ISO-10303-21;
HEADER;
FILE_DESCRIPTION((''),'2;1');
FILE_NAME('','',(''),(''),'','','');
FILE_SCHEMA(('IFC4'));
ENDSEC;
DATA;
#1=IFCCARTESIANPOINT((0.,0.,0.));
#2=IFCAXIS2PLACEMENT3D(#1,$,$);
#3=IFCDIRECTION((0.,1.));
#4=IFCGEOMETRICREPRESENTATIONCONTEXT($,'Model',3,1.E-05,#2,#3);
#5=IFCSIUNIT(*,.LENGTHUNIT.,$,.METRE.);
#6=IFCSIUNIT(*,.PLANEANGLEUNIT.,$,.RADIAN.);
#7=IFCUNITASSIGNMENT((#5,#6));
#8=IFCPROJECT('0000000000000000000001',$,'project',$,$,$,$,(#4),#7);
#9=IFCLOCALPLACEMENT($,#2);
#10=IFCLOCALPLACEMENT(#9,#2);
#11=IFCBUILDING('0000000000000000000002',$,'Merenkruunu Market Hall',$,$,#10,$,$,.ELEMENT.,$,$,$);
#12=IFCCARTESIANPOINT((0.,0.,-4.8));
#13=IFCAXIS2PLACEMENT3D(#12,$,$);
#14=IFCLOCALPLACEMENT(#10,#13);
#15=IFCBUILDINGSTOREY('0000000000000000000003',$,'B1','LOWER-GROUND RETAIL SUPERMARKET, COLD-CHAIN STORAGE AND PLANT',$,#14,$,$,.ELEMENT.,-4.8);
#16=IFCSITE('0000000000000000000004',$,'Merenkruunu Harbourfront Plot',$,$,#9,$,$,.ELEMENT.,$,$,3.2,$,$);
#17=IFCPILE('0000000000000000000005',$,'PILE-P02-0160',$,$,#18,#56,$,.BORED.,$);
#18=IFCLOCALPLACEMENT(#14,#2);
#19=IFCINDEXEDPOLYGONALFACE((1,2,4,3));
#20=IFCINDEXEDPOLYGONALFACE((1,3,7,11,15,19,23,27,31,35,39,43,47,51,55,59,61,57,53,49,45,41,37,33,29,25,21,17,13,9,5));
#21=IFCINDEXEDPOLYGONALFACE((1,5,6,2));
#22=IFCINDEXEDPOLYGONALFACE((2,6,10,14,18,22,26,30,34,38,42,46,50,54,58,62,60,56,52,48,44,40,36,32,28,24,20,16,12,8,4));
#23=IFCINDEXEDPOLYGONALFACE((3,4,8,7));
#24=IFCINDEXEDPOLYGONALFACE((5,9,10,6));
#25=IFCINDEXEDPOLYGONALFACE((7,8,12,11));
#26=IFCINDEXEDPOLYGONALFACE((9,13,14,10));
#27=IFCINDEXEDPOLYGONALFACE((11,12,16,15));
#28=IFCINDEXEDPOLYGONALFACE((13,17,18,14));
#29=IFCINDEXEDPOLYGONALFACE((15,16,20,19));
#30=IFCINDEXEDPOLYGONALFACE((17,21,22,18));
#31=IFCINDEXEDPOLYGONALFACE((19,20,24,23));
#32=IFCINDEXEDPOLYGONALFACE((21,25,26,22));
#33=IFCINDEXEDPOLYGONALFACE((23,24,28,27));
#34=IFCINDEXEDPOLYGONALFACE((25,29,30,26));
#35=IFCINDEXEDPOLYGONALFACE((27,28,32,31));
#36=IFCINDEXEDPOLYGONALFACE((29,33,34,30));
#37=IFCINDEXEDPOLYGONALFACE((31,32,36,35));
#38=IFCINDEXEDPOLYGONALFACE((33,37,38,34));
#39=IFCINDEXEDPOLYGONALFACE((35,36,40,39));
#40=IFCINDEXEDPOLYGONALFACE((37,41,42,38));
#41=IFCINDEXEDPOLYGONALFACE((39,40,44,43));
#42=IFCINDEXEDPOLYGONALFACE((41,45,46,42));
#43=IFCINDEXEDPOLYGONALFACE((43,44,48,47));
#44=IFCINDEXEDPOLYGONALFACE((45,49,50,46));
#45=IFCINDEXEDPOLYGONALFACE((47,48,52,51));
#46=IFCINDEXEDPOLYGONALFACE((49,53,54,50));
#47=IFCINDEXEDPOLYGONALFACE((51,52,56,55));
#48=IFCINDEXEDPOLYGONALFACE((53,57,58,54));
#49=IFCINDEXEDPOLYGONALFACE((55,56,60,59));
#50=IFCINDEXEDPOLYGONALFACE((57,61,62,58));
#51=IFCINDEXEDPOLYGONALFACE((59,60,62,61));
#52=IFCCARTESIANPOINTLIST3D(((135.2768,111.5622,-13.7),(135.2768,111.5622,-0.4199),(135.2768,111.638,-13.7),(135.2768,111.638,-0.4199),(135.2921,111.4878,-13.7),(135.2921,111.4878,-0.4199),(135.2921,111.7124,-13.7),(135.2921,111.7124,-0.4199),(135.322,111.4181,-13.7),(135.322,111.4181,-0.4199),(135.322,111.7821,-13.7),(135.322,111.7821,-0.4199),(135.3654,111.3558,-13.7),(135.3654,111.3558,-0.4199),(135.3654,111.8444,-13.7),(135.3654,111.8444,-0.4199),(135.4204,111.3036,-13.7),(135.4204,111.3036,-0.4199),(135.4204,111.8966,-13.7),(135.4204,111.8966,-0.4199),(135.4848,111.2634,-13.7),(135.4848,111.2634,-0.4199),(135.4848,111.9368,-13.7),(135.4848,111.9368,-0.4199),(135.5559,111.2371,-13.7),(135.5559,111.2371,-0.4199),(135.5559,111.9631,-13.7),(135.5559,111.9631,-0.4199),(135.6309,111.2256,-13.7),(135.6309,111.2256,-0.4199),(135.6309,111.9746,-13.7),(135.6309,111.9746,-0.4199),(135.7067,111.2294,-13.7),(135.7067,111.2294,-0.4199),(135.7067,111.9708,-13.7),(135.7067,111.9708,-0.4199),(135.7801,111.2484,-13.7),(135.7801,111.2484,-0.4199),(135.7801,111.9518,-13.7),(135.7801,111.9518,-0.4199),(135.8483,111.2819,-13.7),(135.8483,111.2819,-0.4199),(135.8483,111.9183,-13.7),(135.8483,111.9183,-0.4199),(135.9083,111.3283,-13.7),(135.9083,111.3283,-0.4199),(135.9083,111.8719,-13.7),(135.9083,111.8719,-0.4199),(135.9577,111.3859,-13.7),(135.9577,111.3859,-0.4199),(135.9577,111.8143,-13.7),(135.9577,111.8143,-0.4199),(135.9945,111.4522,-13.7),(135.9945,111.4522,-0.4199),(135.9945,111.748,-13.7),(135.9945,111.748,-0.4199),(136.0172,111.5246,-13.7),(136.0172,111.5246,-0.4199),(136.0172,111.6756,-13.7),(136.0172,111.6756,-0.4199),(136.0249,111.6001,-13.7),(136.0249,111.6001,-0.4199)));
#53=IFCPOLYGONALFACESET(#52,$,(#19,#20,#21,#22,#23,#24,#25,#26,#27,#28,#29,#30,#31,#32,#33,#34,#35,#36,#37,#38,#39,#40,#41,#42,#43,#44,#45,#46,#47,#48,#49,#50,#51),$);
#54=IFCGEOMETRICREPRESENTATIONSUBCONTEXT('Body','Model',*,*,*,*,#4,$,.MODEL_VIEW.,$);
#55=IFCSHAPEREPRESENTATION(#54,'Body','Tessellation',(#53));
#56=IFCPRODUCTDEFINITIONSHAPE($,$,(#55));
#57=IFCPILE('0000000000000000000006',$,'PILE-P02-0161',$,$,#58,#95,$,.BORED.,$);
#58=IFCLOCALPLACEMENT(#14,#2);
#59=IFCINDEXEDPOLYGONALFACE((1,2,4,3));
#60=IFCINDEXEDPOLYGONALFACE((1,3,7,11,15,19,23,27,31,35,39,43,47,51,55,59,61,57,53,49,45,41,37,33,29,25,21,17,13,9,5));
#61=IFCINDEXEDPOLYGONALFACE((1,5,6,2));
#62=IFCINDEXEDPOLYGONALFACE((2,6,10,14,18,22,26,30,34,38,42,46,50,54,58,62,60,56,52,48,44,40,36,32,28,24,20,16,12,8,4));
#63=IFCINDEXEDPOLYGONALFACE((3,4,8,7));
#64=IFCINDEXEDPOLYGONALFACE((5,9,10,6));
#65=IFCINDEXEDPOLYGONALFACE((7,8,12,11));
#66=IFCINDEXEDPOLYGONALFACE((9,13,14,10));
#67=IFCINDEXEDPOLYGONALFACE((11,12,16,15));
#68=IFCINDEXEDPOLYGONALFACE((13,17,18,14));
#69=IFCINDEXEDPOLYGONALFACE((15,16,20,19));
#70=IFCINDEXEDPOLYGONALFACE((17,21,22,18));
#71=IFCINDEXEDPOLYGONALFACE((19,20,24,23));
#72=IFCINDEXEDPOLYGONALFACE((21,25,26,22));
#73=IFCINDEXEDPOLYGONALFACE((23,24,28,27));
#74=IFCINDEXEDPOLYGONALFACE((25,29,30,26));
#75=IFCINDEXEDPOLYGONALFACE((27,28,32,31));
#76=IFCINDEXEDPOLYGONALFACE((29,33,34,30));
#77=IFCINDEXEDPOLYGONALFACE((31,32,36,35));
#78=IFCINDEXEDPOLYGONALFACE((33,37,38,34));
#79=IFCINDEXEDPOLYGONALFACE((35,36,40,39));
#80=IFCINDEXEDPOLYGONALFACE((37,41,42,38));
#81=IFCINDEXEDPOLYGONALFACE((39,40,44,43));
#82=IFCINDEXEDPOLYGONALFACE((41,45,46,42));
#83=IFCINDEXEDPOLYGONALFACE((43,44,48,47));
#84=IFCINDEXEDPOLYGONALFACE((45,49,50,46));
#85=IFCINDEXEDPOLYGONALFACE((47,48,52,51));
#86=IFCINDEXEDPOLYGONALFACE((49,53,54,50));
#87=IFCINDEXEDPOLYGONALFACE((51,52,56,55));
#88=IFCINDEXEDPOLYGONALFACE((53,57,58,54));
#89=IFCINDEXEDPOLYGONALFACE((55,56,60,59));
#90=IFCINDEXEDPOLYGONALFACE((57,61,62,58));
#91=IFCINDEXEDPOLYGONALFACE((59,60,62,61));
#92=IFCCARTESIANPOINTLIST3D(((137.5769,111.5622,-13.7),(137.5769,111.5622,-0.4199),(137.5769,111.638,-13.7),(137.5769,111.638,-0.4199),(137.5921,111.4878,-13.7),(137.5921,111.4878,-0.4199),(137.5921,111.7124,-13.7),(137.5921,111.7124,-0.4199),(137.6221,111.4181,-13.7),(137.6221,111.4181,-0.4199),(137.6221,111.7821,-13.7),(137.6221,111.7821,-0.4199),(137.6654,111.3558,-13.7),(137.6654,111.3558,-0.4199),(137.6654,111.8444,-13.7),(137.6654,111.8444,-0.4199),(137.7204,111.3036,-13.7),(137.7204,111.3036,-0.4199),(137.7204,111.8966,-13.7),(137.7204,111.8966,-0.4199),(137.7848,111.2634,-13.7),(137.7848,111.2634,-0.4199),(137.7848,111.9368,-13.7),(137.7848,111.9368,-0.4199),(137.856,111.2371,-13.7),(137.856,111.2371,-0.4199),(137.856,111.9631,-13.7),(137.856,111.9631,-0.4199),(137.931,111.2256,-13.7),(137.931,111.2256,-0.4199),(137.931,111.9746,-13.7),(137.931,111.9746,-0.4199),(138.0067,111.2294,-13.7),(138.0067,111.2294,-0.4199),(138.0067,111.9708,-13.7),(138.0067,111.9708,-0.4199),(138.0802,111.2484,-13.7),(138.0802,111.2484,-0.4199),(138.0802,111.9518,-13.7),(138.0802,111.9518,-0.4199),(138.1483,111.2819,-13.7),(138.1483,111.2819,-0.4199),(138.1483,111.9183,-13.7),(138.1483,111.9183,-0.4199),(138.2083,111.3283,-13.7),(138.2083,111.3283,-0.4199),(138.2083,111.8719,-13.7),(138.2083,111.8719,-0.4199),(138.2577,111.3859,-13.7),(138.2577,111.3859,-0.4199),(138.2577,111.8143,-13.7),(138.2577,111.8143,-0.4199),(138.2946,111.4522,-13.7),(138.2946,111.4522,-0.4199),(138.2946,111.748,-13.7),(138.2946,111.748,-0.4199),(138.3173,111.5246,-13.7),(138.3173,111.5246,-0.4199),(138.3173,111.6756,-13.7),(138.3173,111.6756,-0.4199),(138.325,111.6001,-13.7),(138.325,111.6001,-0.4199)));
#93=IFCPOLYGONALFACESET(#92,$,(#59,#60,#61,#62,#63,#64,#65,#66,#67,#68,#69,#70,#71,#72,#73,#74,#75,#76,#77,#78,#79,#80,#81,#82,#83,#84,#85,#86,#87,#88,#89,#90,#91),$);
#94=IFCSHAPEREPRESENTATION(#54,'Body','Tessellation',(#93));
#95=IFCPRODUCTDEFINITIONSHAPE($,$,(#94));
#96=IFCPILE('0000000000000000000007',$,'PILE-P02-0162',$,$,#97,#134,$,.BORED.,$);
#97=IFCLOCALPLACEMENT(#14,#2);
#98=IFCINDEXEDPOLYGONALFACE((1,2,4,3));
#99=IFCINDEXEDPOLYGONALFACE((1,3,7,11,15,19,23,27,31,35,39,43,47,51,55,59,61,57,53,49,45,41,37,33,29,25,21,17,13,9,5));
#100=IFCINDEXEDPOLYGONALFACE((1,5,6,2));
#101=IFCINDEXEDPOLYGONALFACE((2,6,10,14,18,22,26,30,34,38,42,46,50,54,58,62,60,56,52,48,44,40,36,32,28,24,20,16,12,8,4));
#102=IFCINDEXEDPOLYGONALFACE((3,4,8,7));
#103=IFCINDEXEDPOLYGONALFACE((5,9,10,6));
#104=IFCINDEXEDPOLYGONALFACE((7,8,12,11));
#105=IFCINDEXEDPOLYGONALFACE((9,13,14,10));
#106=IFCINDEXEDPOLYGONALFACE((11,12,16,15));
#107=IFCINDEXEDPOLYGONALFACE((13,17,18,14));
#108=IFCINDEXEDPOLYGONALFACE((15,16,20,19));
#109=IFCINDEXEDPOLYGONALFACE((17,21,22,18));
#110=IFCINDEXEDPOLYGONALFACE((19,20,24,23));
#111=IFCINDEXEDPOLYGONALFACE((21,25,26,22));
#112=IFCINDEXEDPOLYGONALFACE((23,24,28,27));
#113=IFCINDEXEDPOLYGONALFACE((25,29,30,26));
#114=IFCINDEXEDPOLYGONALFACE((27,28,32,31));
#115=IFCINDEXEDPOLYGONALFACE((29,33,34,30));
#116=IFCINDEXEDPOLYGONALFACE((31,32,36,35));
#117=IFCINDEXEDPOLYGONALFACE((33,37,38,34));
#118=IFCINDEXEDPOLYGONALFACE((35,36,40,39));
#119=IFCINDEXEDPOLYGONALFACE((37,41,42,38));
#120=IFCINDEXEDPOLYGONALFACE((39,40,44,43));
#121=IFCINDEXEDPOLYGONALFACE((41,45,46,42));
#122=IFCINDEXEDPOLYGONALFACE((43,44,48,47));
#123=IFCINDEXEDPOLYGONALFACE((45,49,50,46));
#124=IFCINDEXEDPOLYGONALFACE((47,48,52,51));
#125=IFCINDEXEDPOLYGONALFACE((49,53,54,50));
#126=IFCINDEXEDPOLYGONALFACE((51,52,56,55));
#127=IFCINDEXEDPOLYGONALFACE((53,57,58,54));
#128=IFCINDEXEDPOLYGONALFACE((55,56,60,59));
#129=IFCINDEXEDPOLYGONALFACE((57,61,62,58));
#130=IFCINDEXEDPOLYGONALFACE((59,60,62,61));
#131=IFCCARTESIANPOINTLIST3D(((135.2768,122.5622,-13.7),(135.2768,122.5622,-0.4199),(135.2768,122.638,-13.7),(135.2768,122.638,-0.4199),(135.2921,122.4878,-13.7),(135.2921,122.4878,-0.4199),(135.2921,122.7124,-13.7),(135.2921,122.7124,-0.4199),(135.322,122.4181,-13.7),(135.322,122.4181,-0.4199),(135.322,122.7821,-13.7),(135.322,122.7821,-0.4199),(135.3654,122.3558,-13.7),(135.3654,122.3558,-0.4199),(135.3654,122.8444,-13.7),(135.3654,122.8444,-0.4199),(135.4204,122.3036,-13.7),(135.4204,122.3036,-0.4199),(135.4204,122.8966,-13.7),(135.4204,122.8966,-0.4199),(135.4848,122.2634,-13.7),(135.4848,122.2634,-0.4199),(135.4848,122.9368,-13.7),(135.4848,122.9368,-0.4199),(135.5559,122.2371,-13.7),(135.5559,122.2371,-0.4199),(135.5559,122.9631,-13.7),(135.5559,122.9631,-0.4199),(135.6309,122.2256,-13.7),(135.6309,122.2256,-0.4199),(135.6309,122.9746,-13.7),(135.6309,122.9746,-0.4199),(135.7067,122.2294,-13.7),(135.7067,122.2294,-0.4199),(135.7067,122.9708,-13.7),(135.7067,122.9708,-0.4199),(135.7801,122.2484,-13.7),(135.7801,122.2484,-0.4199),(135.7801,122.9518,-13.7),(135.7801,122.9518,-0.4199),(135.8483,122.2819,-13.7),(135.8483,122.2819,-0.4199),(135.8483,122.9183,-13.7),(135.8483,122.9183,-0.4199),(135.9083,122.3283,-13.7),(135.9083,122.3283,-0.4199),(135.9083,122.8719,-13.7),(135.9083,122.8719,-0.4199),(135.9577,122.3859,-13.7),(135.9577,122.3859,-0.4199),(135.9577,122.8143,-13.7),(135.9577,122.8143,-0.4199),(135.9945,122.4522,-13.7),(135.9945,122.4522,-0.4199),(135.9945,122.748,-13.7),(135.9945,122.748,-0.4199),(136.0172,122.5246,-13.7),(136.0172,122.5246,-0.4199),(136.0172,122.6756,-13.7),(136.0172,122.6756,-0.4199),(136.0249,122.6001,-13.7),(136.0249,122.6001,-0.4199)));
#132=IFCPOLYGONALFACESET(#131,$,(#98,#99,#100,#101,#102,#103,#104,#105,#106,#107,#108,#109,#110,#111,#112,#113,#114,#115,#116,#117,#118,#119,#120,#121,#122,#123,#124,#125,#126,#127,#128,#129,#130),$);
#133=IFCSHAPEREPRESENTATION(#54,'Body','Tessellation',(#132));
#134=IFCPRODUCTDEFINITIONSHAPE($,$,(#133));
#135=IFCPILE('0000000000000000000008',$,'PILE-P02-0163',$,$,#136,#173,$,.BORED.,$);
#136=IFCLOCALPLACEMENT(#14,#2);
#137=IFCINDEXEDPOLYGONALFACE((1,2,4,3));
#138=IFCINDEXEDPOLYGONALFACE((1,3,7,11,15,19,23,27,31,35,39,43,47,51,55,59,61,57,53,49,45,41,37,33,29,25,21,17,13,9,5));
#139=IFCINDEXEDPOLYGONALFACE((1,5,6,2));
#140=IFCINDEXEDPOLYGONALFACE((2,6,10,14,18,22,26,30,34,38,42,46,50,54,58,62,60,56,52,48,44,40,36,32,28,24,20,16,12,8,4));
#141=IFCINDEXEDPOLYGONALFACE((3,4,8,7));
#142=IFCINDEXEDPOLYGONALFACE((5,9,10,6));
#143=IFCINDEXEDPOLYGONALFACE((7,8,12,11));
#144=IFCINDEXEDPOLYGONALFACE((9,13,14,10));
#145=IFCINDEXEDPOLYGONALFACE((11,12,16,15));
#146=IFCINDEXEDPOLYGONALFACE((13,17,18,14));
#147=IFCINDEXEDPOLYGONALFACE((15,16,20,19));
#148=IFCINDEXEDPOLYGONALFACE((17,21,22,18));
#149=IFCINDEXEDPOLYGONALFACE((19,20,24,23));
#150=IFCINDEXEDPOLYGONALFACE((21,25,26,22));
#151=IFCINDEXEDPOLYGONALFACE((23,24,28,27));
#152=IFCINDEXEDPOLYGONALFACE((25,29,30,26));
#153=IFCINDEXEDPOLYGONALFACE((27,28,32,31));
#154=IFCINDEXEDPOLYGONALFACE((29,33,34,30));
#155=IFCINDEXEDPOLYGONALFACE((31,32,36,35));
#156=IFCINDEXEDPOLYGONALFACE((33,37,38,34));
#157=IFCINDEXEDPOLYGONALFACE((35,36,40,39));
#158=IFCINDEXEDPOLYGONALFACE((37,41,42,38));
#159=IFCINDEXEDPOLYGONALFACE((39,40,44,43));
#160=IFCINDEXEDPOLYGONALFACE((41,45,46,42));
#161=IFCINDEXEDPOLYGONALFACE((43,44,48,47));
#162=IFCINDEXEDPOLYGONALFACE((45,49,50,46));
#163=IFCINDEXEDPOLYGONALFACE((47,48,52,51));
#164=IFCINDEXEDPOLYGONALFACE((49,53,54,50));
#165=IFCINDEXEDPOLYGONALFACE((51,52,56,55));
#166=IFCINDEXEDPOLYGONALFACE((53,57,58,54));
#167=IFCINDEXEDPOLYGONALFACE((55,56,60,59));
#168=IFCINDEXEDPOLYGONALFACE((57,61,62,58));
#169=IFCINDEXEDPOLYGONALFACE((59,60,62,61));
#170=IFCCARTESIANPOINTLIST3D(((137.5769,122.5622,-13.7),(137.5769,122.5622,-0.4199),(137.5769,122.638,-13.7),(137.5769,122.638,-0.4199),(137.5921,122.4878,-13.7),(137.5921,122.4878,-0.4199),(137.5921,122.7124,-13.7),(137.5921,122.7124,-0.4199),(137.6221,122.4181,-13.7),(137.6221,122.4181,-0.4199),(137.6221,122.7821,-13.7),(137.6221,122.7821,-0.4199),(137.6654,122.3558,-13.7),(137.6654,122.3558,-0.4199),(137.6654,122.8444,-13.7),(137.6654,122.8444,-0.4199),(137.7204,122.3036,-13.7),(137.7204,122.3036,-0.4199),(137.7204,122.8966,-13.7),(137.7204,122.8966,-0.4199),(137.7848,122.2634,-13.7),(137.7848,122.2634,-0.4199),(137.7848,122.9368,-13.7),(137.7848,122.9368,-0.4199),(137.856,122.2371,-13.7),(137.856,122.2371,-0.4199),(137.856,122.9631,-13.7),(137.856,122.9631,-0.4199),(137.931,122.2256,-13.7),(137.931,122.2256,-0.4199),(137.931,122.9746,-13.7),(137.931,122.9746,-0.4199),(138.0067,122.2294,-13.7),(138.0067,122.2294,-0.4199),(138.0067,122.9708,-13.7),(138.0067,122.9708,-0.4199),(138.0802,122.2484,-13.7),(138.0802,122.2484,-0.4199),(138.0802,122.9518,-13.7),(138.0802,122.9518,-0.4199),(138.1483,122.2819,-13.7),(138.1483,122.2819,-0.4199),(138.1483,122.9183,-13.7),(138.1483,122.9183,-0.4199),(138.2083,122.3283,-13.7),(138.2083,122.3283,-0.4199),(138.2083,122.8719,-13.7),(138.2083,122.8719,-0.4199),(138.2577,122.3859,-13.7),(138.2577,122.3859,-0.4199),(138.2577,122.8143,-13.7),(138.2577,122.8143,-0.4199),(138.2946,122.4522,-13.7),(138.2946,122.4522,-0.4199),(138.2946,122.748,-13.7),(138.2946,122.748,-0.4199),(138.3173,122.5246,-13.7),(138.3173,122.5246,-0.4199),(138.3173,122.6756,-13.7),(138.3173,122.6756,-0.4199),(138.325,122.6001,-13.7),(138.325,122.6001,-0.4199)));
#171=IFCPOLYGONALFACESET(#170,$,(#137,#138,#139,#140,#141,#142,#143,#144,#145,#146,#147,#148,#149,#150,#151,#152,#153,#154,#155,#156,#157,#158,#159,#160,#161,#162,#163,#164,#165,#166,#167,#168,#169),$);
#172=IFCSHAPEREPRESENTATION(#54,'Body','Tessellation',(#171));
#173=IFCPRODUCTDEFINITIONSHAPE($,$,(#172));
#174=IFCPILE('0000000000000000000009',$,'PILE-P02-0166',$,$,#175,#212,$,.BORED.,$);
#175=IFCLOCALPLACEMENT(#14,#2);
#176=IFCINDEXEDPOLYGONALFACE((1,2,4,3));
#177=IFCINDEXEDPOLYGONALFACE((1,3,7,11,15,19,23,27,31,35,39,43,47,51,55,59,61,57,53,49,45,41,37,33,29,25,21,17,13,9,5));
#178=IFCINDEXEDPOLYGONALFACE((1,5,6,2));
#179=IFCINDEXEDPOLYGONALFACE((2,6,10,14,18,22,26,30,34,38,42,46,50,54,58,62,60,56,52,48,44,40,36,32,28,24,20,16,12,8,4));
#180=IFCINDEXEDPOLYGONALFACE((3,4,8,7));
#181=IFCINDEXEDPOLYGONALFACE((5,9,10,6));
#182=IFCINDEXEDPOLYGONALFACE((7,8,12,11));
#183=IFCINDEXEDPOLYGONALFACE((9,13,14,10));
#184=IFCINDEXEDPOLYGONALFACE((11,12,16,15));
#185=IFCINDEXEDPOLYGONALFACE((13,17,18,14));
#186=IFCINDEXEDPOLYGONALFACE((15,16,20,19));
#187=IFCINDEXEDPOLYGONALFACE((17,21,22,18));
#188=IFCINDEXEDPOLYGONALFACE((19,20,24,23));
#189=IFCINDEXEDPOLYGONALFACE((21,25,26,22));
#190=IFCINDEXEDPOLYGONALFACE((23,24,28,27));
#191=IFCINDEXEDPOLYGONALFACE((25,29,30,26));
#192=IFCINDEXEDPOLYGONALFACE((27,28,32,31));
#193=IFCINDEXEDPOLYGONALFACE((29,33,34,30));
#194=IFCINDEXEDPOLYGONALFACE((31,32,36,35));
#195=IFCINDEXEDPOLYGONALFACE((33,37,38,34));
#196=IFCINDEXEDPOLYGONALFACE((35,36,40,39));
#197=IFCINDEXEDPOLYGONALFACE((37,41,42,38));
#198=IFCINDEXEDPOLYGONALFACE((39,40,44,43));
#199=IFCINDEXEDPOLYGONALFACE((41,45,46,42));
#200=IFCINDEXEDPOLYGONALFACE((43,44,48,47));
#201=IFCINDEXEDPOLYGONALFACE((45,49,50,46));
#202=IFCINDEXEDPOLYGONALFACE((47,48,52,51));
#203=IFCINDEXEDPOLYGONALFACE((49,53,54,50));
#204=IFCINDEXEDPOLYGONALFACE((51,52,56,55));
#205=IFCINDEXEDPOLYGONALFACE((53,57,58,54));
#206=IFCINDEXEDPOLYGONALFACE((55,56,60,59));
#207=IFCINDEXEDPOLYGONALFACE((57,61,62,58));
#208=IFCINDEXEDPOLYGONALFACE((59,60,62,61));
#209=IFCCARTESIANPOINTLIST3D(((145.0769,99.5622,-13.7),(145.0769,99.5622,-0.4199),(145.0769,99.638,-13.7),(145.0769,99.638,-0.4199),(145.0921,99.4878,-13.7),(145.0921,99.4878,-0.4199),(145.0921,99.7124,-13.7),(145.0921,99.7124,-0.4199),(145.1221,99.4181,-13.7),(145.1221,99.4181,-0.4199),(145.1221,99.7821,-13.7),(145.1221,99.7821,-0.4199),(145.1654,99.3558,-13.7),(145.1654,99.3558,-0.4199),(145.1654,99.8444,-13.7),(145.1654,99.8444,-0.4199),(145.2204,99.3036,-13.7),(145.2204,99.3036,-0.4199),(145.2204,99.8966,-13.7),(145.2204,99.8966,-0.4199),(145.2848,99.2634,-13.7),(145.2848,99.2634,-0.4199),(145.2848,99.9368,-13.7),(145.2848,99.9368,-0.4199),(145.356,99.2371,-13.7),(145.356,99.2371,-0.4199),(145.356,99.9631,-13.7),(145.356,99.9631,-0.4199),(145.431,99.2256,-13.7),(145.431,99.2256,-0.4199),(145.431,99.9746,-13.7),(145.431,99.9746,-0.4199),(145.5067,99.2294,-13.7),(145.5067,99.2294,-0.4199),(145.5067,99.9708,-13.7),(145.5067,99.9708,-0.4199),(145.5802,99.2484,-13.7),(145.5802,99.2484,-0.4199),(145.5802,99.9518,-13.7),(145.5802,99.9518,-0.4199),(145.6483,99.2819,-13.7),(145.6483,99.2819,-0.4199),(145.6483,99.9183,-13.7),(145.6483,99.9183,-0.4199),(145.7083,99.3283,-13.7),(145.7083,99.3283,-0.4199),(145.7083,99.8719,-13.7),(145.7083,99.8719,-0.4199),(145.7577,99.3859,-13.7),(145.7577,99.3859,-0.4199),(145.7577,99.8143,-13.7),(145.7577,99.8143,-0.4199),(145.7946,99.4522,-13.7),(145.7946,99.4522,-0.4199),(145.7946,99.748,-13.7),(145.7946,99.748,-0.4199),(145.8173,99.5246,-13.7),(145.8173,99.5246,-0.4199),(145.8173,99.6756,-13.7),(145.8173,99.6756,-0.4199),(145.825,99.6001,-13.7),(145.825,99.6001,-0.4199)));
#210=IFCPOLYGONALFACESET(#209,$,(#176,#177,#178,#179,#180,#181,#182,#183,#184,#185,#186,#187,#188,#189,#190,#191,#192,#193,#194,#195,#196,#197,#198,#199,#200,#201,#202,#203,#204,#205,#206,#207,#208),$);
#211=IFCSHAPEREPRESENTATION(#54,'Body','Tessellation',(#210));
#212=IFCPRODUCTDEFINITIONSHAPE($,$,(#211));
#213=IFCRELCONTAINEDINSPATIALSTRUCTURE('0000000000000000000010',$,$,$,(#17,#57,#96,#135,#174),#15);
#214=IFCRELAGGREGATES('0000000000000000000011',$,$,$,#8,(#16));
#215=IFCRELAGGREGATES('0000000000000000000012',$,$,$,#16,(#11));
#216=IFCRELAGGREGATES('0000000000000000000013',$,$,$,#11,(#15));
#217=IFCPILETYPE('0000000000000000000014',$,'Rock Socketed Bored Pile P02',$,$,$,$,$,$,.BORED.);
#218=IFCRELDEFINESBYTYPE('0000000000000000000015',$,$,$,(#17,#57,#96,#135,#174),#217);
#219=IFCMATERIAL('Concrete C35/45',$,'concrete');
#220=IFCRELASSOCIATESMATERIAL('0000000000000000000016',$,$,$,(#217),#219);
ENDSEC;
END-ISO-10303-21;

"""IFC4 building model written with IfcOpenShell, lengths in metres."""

from ifc_helpers import new_model, si_unit, direction, frame, origin, origin_2d, place, context, subcontext, project, spatial, circle, extrude, material, material_profile, profile_set, type_object, element, save


model = new_model("IFC4")

# Units and contexts
model_context = context("Model", 3, precision=1e-05, world=origin(), true_north=direction((0.0, 1.0)))
body_context = subcontext(model_context, "Body", "Model", "MODEL_VIEW")
ifc_project = project(units=[si_unit("LENGTHUNIT", "METRE"), si_unit("PLANEANGLEUNIT", "RADIAN")], contexts=[model_context])

# Site, building, storey
site_placement = place(None, origin())
site = spatial("IfcSite", under=ifc_project, at=site_placement, Name="Merenkruunu Harbourfront Plot", CompositionType="ELEMENT", RefElevation=3.2)
building_placement = place(site_placement, origin())
building = spatial("IfcBuilding", under=site, at=building_placement, Name="Merenkruunu Market Hall", CompositionType="ELEMENT")
storey_placement = place(building_placement, frame((0.0, 0.0, -4.8)))
storey = spatial("IfcBuildingStorey", under=building, at=storey_placement, Name="B1", Description="LOWER-GROUND RETAIL SUPERMARKET, COLD-CHAIN STORAGE AND PLANT", CompositionType="ELEMENT", Elevation=-4.8)

# Piles
ifc_material_1 = material(Name="Concrete C35/45", Category="concrete")
ifc_material_profile_1 = material_profile(ifc_material_1, circle(Radius=0.375, at=origin_2d()), Name="BORED PILE 750")
ifc_profile_set_1 = profile_set([ifc_material_profile_1], Name="Concrete C35/45")
pile_type = type_object("IfcPileType", Name="Rock Socketed Bored Pile P02", PredefinedType="BORED", material=ifc_profile_set_1)
for number, where, z_axis, x_axis, name in (
    (1, (135.6499, 111.6001, -0.4199), (0.0, 0.0, -1.0), (1.0, 0.0, 0.0), "PILE-P02-0160"),
    (2, (137.95, 111.6001, -0.4199), (0.0, 0.0, -1.0), (1.0, 0.0, 0.0), "PILE-P02-0161"),
    (3, (135.6499, 122.6001, -0.4199), (0.0, 0.0, -1.0), (1.0, 0.0, 0.0), "PILE-P02-0162"),
    (4, (137.95, 122.6001, -0.4199), (0.0, 0.0, -1.0), (1.0, 0.0, 0.0), "PILE-P02-0163"),
    (5, (145.45, 99.6001, -0.4199), (0.0, 0.0, -1.0), (1.0, 0.0, 0.0), "PILE-P02-0166"),
):
    element("IfcPile", number, at=place(storey_placement, frame(where, z_axis=z_axis, x_axis=x_axis)), inside=storey, type_object=pile_type, Name=name, PredefinedType="BORED", context=body_context, shape_type="SweptSolid", body=[
        extrude(circle(Radius=0.375, at=origin_2d()), origin(), (0.0, 0.0, 1.0), 13.28),
    ])

save(model, "model.ifc")
